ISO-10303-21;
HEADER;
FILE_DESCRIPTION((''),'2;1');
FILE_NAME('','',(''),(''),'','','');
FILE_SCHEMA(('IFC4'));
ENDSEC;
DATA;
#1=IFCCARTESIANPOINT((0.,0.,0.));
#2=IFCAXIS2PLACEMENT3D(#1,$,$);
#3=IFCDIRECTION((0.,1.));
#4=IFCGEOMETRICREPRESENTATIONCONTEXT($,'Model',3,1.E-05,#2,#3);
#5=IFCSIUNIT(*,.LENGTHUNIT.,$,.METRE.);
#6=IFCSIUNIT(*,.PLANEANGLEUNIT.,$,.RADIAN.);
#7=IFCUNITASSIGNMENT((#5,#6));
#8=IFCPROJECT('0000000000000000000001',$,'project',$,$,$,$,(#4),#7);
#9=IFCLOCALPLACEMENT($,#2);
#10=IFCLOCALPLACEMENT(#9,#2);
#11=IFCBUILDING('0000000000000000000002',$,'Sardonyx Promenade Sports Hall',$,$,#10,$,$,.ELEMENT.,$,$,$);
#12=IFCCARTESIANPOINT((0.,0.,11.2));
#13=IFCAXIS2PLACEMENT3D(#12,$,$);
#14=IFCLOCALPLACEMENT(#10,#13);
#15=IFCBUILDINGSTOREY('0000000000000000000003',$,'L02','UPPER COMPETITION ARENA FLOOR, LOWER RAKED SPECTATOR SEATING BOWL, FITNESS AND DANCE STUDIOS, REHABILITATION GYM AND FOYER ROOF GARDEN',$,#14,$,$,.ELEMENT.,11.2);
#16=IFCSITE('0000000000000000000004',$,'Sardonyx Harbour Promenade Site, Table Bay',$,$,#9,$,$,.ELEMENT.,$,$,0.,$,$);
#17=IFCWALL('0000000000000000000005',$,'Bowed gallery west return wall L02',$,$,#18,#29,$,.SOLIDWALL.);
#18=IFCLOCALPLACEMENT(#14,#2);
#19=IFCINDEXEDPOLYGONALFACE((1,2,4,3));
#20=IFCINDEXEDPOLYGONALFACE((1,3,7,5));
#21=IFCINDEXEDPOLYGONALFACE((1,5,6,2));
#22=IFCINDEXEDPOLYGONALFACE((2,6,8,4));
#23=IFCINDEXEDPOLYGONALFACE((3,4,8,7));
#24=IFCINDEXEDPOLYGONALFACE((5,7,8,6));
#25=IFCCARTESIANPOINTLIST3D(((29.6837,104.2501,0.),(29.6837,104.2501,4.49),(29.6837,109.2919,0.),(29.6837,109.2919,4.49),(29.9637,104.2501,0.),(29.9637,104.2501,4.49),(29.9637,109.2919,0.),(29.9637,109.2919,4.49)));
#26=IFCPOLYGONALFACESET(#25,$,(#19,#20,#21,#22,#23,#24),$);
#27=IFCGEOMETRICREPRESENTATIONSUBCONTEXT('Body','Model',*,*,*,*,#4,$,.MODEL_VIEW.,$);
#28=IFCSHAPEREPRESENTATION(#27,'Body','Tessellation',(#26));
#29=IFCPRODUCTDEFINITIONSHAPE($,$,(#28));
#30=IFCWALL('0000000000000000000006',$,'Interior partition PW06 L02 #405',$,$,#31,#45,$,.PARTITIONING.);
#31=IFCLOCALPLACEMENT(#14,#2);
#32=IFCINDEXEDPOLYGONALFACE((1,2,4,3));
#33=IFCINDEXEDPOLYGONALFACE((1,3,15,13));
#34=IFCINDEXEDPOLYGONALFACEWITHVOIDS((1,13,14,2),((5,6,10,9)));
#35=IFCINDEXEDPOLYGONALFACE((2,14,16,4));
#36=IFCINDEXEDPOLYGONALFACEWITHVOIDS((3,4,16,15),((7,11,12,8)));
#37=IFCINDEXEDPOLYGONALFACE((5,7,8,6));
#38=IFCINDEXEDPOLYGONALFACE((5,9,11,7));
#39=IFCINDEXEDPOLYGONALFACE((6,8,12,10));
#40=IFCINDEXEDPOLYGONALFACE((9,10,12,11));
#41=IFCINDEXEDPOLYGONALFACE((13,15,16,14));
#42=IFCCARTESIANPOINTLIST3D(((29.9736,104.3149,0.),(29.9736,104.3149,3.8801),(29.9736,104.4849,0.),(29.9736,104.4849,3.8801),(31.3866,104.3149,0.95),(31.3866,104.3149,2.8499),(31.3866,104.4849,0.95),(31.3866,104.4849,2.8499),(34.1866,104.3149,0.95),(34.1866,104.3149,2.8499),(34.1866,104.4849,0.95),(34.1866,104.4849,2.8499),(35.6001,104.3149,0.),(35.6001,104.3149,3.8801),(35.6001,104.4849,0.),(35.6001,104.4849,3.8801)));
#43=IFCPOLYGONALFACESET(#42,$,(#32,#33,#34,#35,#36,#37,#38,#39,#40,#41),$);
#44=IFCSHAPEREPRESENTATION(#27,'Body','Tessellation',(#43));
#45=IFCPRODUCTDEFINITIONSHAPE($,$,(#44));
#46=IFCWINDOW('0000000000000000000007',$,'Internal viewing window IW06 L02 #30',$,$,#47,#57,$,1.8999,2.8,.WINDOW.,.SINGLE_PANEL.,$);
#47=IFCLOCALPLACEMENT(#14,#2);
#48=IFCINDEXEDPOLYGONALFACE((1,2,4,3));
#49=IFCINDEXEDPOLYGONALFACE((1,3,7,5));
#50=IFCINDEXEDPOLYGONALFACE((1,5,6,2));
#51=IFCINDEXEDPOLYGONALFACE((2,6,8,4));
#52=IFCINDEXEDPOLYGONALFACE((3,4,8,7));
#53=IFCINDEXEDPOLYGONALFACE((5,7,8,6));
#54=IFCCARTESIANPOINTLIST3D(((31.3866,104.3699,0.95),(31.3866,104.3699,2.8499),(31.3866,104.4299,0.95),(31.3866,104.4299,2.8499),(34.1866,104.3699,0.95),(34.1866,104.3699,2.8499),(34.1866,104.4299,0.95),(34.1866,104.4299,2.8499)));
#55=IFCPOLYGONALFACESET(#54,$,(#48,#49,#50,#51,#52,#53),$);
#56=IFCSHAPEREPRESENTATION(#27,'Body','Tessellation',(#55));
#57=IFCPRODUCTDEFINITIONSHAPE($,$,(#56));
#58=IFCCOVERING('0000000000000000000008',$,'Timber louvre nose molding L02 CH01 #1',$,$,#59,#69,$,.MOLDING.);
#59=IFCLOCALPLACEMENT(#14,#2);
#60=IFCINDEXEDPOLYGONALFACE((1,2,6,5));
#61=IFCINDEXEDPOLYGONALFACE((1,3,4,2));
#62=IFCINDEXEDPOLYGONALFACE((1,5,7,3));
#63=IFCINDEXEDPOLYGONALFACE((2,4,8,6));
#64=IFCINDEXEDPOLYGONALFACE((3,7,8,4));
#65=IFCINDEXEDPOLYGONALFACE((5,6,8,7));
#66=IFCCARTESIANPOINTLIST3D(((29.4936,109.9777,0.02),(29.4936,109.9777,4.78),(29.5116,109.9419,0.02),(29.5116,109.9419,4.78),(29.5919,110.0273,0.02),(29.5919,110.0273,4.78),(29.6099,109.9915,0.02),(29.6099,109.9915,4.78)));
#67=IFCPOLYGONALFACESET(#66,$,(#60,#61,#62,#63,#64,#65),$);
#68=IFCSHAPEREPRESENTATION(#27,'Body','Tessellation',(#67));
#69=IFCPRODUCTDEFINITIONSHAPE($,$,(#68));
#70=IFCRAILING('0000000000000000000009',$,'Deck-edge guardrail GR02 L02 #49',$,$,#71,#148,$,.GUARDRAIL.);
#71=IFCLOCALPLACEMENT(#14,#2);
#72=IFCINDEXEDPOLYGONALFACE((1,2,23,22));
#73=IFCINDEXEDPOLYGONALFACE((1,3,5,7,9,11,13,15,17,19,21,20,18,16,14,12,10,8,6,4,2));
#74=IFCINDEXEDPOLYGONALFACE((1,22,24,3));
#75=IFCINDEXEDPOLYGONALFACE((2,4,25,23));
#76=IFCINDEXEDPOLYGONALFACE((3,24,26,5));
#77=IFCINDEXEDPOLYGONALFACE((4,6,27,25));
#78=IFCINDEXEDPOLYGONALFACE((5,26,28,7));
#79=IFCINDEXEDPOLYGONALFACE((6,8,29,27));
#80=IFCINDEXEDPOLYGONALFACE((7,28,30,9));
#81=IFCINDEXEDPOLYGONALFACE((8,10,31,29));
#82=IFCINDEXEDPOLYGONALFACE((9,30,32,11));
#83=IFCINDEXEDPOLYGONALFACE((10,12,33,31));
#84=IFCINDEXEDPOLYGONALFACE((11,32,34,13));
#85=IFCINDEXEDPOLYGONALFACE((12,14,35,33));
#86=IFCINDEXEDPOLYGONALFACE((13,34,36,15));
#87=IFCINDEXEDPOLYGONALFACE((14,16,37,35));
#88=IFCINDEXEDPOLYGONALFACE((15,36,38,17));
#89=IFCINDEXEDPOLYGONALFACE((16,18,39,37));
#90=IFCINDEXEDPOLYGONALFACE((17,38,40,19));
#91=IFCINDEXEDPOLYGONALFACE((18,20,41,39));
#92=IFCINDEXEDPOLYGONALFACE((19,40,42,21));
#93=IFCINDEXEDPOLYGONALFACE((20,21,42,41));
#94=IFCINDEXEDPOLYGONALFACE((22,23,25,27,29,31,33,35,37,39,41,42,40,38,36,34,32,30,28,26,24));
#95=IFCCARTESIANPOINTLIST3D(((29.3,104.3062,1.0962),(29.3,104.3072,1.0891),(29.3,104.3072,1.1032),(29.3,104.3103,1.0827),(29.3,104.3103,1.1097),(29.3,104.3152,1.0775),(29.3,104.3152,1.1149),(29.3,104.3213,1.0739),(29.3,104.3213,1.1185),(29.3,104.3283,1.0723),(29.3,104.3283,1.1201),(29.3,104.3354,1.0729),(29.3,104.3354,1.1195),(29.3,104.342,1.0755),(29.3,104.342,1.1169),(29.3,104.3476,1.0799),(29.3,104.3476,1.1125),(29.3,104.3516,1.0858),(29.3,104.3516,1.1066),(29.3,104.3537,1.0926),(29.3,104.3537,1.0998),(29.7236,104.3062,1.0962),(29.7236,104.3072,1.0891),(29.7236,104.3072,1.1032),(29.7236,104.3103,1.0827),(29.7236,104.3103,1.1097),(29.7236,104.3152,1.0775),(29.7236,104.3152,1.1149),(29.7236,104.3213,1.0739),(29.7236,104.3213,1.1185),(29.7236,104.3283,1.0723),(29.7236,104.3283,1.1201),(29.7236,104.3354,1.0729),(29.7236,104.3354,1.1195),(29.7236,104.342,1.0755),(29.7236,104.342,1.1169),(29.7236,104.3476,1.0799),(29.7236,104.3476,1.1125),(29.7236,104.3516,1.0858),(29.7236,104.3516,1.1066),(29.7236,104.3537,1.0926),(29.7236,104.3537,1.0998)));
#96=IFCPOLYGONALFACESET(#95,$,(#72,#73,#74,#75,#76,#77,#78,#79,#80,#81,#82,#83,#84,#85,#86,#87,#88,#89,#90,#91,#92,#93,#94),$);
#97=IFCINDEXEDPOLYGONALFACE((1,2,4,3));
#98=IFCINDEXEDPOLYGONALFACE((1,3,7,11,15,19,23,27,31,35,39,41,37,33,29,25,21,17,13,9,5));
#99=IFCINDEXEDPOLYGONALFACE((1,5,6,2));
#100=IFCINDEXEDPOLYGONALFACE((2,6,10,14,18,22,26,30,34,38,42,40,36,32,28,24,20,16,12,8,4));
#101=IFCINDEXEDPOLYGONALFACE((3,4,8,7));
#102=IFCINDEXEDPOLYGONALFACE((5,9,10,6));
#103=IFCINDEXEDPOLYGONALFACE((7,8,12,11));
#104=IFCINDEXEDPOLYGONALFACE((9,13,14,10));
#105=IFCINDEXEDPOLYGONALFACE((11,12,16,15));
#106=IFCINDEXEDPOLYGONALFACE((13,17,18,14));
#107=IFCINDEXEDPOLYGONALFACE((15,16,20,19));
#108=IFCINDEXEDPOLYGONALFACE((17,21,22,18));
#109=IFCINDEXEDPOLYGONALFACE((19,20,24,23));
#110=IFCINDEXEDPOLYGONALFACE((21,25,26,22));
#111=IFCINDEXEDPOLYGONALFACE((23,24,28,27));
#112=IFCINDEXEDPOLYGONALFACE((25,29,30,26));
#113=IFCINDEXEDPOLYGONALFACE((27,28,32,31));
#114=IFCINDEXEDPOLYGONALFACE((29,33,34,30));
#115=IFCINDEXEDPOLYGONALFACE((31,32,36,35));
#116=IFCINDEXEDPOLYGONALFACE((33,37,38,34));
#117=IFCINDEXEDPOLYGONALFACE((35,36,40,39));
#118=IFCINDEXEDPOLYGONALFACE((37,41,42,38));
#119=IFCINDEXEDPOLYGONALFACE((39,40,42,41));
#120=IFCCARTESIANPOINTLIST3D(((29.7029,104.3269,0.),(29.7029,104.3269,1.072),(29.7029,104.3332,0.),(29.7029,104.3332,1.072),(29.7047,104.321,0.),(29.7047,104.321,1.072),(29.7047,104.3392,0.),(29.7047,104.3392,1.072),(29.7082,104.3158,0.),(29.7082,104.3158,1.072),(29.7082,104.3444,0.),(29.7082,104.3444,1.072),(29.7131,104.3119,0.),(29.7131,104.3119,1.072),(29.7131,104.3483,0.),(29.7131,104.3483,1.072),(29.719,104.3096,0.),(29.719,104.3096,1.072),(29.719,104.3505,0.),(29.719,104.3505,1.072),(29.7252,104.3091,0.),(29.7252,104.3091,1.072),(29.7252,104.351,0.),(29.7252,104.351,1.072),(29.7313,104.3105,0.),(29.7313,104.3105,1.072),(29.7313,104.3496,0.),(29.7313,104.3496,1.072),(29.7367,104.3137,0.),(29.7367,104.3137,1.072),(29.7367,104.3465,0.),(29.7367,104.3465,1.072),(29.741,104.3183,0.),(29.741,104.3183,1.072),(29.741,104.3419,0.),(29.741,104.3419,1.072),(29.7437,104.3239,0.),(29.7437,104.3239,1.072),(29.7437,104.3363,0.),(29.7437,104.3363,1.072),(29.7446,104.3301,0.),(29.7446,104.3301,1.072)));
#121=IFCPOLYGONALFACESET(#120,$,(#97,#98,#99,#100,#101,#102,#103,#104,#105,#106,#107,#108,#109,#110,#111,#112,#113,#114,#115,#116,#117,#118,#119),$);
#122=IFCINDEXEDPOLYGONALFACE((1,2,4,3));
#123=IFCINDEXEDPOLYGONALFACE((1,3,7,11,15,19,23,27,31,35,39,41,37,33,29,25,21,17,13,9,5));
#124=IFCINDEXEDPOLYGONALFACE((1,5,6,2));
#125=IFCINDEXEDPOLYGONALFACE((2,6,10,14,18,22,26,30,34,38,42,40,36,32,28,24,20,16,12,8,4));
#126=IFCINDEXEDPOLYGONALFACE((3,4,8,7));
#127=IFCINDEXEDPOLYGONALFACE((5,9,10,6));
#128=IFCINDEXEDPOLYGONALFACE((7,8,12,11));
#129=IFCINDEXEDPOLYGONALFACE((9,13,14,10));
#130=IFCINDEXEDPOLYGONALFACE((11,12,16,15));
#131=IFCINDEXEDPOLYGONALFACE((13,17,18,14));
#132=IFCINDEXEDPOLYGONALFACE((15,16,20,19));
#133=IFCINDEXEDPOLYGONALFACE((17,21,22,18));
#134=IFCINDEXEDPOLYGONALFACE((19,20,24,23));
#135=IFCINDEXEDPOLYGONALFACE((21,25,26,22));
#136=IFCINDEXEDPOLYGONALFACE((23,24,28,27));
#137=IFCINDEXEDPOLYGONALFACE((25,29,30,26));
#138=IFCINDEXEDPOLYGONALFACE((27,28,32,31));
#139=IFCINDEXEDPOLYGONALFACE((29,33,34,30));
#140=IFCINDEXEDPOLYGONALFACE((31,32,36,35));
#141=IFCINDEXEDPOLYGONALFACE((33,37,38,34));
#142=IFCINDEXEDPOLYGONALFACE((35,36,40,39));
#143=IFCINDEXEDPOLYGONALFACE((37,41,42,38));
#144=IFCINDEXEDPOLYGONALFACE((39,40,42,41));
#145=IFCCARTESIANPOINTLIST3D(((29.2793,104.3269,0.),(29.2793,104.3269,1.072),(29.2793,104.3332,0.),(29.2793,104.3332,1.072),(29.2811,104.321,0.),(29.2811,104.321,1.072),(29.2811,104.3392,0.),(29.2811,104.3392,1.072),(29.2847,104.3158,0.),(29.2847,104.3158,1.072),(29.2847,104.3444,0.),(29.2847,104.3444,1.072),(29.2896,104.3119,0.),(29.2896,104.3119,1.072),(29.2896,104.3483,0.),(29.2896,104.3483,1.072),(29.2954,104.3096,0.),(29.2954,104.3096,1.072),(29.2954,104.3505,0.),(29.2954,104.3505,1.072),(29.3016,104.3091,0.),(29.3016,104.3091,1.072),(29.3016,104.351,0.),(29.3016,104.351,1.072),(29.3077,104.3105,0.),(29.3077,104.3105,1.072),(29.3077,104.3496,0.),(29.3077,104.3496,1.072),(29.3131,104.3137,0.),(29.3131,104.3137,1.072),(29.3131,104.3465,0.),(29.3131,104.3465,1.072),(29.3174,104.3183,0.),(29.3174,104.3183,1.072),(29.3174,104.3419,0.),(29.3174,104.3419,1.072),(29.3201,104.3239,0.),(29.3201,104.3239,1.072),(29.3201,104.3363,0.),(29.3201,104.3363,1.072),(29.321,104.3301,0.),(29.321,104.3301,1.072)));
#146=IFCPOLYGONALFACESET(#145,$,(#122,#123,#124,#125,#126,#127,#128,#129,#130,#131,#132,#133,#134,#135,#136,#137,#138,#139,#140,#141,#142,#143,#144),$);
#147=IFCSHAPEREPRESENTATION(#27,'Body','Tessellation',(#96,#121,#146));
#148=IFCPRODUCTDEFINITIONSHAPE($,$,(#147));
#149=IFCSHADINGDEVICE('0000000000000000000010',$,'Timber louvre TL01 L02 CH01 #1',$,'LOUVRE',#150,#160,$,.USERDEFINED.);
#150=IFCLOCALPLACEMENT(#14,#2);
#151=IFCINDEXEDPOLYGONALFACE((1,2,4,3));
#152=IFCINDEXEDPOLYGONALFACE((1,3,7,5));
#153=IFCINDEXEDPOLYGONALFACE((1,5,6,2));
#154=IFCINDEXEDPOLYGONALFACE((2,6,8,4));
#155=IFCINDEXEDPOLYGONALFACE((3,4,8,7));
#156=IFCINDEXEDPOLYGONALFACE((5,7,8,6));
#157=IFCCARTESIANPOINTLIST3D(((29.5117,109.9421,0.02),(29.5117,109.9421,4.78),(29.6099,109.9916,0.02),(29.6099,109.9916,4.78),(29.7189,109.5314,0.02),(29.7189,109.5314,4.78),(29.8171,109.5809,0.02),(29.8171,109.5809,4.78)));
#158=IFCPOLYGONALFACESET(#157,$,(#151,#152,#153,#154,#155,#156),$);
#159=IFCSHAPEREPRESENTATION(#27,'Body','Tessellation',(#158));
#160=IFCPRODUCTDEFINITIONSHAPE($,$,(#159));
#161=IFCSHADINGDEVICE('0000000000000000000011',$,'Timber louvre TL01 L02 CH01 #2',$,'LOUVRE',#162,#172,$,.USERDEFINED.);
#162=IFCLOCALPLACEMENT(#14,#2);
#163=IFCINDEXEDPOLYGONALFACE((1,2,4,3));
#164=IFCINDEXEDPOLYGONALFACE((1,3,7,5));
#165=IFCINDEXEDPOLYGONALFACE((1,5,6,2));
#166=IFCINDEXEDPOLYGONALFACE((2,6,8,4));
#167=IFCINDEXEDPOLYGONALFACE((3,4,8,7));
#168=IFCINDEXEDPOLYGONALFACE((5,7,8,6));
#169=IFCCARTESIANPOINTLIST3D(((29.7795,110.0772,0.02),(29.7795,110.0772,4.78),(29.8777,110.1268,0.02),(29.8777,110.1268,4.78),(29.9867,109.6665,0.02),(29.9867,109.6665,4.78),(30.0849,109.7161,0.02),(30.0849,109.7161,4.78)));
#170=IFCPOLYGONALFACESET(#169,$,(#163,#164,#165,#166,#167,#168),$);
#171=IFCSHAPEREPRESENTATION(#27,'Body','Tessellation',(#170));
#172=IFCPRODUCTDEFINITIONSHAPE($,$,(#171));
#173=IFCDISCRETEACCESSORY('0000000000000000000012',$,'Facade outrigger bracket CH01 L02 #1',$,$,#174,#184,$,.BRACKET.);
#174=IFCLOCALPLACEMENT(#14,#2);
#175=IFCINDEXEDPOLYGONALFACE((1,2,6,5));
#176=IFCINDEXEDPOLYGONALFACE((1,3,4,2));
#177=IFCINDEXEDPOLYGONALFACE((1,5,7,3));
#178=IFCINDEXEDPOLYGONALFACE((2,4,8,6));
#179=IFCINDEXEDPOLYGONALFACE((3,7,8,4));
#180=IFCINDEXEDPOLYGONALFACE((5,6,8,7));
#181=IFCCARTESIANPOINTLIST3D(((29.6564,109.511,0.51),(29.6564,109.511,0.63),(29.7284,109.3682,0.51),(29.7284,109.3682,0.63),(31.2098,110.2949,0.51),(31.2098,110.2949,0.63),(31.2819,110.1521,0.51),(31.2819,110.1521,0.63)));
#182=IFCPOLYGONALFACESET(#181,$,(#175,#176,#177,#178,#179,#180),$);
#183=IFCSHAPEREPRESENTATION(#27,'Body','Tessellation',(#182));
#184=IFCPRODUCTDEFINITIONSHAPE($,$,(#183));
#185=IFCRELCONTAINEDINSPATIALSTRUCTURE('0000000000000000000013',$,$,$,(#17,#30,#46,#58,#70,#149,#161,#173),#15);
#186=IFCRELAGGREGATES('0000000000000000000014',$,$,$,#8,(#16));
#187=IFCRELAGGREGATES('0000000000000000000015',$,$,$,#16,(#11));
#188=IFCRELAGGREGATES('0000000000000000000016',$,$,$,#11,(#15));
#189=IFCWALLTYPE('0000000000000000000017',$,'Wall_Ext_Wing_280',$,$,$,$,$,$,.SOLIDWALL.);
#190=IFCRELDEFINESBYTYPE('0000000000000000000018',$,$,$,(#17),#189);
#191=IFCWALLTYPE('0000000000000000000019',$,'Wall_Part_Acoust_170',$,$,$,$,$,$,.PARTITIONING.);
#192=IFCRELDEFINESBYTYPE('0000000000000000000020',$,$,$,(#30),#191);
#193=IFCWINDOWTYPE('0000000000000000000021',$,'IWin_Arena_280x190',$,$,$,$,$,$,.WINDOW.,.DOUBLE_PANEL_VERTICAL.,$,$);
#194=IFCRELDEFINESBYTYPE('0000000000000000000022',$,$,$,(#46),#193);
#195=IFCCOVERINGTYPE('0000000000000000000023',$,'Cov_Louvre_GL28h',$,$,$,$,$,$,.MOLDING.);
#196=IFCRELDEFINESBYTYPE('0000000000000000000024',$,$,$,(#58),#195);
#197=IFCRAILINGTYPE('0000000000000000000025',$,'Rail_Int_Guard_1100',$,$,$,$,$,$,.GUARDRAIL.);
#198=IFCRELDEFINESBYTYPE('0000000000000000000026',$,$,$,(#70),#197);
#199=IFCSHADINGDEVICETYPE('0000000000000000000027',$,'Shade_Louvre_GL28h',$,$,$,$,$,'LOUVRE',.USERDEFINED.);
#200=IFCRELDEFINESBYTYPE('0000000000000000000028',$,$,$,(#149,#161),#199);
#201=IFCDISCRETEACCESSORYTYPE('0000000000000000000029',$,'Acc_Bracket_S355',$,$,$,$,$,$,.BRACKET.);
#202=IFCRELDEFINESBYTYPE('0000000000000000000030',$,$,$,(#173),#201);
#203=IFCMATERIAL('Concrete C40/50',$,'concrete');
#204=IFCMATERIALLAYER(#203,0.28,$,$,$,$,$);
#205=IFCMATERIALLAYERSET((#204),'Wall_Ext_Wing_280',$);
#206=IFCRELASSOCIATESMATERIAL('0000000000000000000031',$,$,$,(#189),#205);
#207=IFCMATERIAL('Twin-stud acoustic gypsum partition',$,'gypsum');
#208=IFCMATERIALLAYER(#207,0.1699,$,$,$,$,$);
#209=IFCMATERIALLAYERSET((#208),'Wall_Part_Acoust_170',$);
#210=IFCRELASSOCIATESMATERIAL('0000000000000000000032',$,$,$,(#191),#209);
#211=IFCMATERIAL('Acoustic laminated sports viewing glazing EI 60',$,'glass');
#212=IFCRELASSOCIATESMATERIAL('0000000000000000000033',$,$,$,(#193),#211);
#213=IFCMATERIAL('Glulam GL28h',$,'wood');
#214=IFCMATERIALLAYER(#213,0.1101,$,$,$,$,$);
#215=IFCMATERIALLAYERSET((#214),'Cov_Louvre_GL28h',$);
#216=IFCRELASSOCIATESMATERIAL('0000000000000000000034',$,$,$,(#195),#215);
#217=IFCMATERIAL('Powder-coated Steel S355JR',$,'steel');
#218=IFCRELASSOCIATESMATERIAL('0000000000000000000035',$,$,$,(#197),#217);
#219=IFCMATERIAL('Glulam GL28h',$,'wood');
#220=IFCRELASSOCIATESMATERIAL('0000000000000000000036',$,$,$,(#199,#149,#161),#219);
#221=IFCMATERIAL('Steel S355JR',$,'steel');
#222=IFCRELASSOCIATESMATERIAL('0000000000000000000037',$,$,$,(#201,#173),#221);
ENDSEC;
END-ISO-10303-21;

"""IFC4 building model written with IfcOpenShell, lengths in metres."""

from ifc_helpers import new_model, si_unit, direction, frame, frame_2d, origin, origin_2d, place, context, subcontext, project, spatial, rectangle, circle, extrude, material, layer, layer_set, type_object, element, fill, save


model = new_model("IFC4")

# Units and contexts
model_context = context("Model", 3, precision=1e-05, world=origin(), true_north=direction((0.0, 1.0)))
body_context = subcontext(model_context, "Body", "Model", "MODEL_VIEW")
ifc_project = project(units=[si_unit("LENGTHUNIT", "METRE"), si_unit("PLANEANGLEUNIT", "RADIAN")], contexts=[model_context])

# Site, building, storey
site_placement = place(None, origin())
site = spatial("IfcSite", under=ifc_project, at=site_placement, Name="Sardonyx Harbour Promenade Site, Table Bay", CompositionType="ELEMENT", RefElevation=0.0)
building_placement = place(site_placement, origin())
building = spatial("IfcBuilding", under=site, at=building_placement, Name="Sardonyx Promenade Sports Hall", CompositionType="ELEMENT")
storey_placement = place(building_placement, frame((0.0, 0.0, 11.2)))
storey = spatial("IfcBuildingStorey", under=building, at=storey_placement, Name="L02", Description="UPPER COMPETITION ARENA FLOOR, LOWER RAKED SPECTATOR SEATING BOWL, FITNESS AND DANCE STUDIOS, REHABILITATION GYM AND FOYER ROOF GARDEN", CompositionType="ELEMENT", Elevation=11.2)

# Wall
ifc_material_1 = material(Name="Concrete C40/50", Category="concrete")
ifc_layer_1 = layer(ifc_material_1, 0.28)
ifc_layer_set_1 = layer_set([ifc_layer_1], Name="Wall_Ext_Wing_280")
wall_type_1 = type_object("IfcWallType", Name="Wall_Ext_Wing_280", PredefinedType="SOLIDWALL", material=ifc_layer_set_1)
wall_1_placement = place(storey_placement, frame((29.8237, 104.25, 0.0), z_axis=(0.0, 0.0, 1.0), x_axis=(0.0, 1.0, 0.0)))
element("IfcWall", 1, at=wall_1_placement, inside=storey, type_object=wall_type_1, Name="Bowed gallery west return wall L02", PredefinedType="SOLIDWALL", context=body_context, shape_type="SweptSolid", body=[
    extrude(rectangle(XDim=5.0417, YDim=0.28, at=frame_2d((2.521, 0.0))), origin(), (0.0, 0.0, 1.0), 4.49),
])

# Wall, opening, window
ifc_material_2 = material(Name="Twin-stud acoustic gypsum partition", Category="gypsum")
ifc_layer_2 = layer(ifc_material_2, 0.1699)
ifc_layer_set_2 = layer_set([ifc_layer_2], Name="Wall_Part_Acoust_170")
wall_type_2 = type_object("IfcWallType", Name="Wall_Part_Acoust_170", PredefinedType="PARTITIONING", material=ifc_layer_set_2)
wall_2_placement = place(storey_placement, frame((29.9736, 104.3999, 0.0), z_axis=(0.0, 0.0, 1.0), x_axis=(1.0, 0.0, 0.0)))
wall_2 = element("IfcWall", 2, at=wall_2_placement, inside=storey, type_object=wall_type_2, Name="Interior partition PW06 L02 #405", PredefinedType="PARTITIONING", context=body_context, shape_type="SweptSolid", body=[
    extrude(rectangle(XDim=5.6265, YDim=0.1699, at=frame_2d((2.8132, 0.0))), origin(), (0.0, 0.0, 1.0), 3.8801),
])
opening_1_placement = place(wall_2_placement, frame((1.4131, 0.0, 0.95)))
opening_1 = element("IfcOpeningElement", 3, at=opening_1_placement, cuts=wall_2, PredefinedType="OPENING", context=body_context, shape_type="SweptSolid", body=[
    extrude(rectangle(XDim=2.8, YDim=1.8999, at=frame_2d((1.3999, 0.95))), frame((0.0, 0.095, 0.0), z_axis=(0.0, -1.0, 0.0), x_axis=(1.0, 0.0, 0.0)), (0.0, 0.0, 1.0), 0.19),
])
ifc_material_3 = material(Name="Acoustic laminated sports viewing glazing EI 60", Category="glass")
window_type_1 = type_object("IfcWindowType", Name="IWin_Arena_280x190", PartitioningType="DOUBLE_PANEL_VERTICAL", PredefinedType="WINDOW", material=ifc_material_3)
window_1_placement = place(opening_1_placement, origin())
window_1 = element("IfcWindow", 4, at=window_1_placement, inside=storey, type_object=window_type_1, Name="Internal viewing window IW06 L02 #30", OverallHeight=1.8999, OverallWidth=2.8, PartitioningType="SINGLE_PANEL", PredefinedType="WINDOW", context=body_context, shape_type="SweptSolid", body=[
    extrude(rectangle(XDim=2.8, YDim=1.8999, at=frame_2d((1.3999, 0.95))), frame((0.0, 0.03, 0.0), z_axis=(0.0, -1.0, 0.0), x_axis=(1.0, 0.0, 0.0)), (0.0, 0.0, 1.0), 0.0601),
])
fill(opening_1, window_1)

# Covering
ifc_material_4 = material(Name="Glulam GL28h", Category="wood")
ifc_layer_3 = layer(ifc_material_4, 0.1101)
ifc_layer_set_3 = layer_set([ifc_layer_3], Name="Cov_Louvre_GL28h")
covering_type = type_object("IfcCoveringType", Name="Cov_Louvre_GL28h", PredefinedType="MOLDING", material=ifc_layer_set_3)
covering_placement = place(storey_placement, frame((29.5518, 109.9846, 0.02), z_axis=(0.0, 0.0, 1.0), x_axis=(0.892774, 0.450505, 0.0)))
element("IfcCovering", 5, at=covering_placement, inside=storey, type_object=covering_type, Name="Timber louvre nose molding L02 CH01 #1", PredefinedType="MOLDING", context=body_context, shape_type="SweptSolid", body=[
    extrude(rectangle(XDim=0.1101, YDim=0.04, at=origin_2d()), origin(), (0.0, 0.0, 1.0), 4.76),
])

# Railing
ifc_material_5 = material(Name="Powder-coated Steel S355JR", Category="steel")
railing_type = type_object("IfcRailingType", Name="Rail_Int_Guard_1100", PredefinedType="GUARDRAIL", material=ifc_material_5)
railing_placement = place(storey_placement, frame((29.7236, 104.3301, 0.0)))
element("IfcRailing", 6, at=railing_placement, inside=storey, type_object=railing_type, Name="Deck-edge guardrail GR02 L02 #49", PredefinedType="GUARDRAIL", context=body_context, shape_type="SweptSolid", body=[
    extrude(circle(Radius=0.0239, at=origin_2d()), frame((0.0, 0.0, 1.0962), z_axis=(-1.0, 0.0, 0.0), x_axis=(0.0, -1.0, 0.0)), (0.0, 0.0, 1.0), 0.4236),
    extrude(circle(Radius=0.021, at=origin_2d()), origin(), (0.0, 0.0, 1.0), 1.072),
    extrude(circle(Radius=0.021, at=origin_2d()), frame((-0.4236, 0.0, 0.0)), (0.0, 0.0, 1.0), 1.072),
])

# Shading devices
ifc_material_6 = material(Name="Glulam GL28h", Category="wood")
shading_device_type = type_object("IfcShadingDeviceType", Name="Shade_Louvre_GL28h", ElementType="LOUVRE", PredefinedType="USERDEFINED", material=ifc_material_6)
for number, where, z_axis, x_axis, name in (
    (7, (29.6644, 109.7615, 0.02), (0.0, 0.0, 1.0), (0.892774, 0.450505, 0.0), "Timber louvre TL01 L02 CH01 #1"),
    (8, (29.9322, 109.8967, 0.02), (0.0, 0.0, 1.0), (0.892774, 0.450505, 0.0), "Timber louvre TL01 L02 CH01 #2"),
):
    element("IfcShadingDevice", number, at=place(storey_placement, frame(where, z_axis=z_axis, x_axis=x_axis)), inside=storey, type_object=shading_device_type, material=ifc_material_6, Name=name, ObjectType="LOUVRE", PredefinedType="USERDEFINED", context=body_context, shape_type="SweptSolid", body=[
        extrude(rectangle(XDim=0.11, YDim=0.46), origin(), (0.0, 0.0, 1.0), 4.76),
    ])

# Discrete accessory
ifc_material_7 = material(Name="Steel S355JR", Category="steel")
discrete_accessory_type = type_object("IfcDiscreteAccessoryType", Name="Acc_Bracket_S355", PredefinedType="BRACKET", material=ifc_material_7)
for number, where, z_axis, x_axis, name in (
    (9, (30.4691, 109.8316, 0.51), (0.0, 0.0, 1.0), (0.892774, 0.450505, 0.0), "Facade outrigger bracket CH01 L02 #1"),
):
    element("IfcDiscreteAccessory", number, at=place(storey_placement, frame(where, z_axis=z_axis, x_axis=x_axis)), inside=storey, type_object=discrete_accessory_type, material=ifc_material_7, Name=name, PredefinedType="BRACKET", context=body_context, shape_type="SweptSolid", body=[
        extrude(rectangle(XDim=1.74, YDim=0.16), origin(), (0.0, 0.0, 1.0), 0.12),
    ])

save(model, "model.ifc")
